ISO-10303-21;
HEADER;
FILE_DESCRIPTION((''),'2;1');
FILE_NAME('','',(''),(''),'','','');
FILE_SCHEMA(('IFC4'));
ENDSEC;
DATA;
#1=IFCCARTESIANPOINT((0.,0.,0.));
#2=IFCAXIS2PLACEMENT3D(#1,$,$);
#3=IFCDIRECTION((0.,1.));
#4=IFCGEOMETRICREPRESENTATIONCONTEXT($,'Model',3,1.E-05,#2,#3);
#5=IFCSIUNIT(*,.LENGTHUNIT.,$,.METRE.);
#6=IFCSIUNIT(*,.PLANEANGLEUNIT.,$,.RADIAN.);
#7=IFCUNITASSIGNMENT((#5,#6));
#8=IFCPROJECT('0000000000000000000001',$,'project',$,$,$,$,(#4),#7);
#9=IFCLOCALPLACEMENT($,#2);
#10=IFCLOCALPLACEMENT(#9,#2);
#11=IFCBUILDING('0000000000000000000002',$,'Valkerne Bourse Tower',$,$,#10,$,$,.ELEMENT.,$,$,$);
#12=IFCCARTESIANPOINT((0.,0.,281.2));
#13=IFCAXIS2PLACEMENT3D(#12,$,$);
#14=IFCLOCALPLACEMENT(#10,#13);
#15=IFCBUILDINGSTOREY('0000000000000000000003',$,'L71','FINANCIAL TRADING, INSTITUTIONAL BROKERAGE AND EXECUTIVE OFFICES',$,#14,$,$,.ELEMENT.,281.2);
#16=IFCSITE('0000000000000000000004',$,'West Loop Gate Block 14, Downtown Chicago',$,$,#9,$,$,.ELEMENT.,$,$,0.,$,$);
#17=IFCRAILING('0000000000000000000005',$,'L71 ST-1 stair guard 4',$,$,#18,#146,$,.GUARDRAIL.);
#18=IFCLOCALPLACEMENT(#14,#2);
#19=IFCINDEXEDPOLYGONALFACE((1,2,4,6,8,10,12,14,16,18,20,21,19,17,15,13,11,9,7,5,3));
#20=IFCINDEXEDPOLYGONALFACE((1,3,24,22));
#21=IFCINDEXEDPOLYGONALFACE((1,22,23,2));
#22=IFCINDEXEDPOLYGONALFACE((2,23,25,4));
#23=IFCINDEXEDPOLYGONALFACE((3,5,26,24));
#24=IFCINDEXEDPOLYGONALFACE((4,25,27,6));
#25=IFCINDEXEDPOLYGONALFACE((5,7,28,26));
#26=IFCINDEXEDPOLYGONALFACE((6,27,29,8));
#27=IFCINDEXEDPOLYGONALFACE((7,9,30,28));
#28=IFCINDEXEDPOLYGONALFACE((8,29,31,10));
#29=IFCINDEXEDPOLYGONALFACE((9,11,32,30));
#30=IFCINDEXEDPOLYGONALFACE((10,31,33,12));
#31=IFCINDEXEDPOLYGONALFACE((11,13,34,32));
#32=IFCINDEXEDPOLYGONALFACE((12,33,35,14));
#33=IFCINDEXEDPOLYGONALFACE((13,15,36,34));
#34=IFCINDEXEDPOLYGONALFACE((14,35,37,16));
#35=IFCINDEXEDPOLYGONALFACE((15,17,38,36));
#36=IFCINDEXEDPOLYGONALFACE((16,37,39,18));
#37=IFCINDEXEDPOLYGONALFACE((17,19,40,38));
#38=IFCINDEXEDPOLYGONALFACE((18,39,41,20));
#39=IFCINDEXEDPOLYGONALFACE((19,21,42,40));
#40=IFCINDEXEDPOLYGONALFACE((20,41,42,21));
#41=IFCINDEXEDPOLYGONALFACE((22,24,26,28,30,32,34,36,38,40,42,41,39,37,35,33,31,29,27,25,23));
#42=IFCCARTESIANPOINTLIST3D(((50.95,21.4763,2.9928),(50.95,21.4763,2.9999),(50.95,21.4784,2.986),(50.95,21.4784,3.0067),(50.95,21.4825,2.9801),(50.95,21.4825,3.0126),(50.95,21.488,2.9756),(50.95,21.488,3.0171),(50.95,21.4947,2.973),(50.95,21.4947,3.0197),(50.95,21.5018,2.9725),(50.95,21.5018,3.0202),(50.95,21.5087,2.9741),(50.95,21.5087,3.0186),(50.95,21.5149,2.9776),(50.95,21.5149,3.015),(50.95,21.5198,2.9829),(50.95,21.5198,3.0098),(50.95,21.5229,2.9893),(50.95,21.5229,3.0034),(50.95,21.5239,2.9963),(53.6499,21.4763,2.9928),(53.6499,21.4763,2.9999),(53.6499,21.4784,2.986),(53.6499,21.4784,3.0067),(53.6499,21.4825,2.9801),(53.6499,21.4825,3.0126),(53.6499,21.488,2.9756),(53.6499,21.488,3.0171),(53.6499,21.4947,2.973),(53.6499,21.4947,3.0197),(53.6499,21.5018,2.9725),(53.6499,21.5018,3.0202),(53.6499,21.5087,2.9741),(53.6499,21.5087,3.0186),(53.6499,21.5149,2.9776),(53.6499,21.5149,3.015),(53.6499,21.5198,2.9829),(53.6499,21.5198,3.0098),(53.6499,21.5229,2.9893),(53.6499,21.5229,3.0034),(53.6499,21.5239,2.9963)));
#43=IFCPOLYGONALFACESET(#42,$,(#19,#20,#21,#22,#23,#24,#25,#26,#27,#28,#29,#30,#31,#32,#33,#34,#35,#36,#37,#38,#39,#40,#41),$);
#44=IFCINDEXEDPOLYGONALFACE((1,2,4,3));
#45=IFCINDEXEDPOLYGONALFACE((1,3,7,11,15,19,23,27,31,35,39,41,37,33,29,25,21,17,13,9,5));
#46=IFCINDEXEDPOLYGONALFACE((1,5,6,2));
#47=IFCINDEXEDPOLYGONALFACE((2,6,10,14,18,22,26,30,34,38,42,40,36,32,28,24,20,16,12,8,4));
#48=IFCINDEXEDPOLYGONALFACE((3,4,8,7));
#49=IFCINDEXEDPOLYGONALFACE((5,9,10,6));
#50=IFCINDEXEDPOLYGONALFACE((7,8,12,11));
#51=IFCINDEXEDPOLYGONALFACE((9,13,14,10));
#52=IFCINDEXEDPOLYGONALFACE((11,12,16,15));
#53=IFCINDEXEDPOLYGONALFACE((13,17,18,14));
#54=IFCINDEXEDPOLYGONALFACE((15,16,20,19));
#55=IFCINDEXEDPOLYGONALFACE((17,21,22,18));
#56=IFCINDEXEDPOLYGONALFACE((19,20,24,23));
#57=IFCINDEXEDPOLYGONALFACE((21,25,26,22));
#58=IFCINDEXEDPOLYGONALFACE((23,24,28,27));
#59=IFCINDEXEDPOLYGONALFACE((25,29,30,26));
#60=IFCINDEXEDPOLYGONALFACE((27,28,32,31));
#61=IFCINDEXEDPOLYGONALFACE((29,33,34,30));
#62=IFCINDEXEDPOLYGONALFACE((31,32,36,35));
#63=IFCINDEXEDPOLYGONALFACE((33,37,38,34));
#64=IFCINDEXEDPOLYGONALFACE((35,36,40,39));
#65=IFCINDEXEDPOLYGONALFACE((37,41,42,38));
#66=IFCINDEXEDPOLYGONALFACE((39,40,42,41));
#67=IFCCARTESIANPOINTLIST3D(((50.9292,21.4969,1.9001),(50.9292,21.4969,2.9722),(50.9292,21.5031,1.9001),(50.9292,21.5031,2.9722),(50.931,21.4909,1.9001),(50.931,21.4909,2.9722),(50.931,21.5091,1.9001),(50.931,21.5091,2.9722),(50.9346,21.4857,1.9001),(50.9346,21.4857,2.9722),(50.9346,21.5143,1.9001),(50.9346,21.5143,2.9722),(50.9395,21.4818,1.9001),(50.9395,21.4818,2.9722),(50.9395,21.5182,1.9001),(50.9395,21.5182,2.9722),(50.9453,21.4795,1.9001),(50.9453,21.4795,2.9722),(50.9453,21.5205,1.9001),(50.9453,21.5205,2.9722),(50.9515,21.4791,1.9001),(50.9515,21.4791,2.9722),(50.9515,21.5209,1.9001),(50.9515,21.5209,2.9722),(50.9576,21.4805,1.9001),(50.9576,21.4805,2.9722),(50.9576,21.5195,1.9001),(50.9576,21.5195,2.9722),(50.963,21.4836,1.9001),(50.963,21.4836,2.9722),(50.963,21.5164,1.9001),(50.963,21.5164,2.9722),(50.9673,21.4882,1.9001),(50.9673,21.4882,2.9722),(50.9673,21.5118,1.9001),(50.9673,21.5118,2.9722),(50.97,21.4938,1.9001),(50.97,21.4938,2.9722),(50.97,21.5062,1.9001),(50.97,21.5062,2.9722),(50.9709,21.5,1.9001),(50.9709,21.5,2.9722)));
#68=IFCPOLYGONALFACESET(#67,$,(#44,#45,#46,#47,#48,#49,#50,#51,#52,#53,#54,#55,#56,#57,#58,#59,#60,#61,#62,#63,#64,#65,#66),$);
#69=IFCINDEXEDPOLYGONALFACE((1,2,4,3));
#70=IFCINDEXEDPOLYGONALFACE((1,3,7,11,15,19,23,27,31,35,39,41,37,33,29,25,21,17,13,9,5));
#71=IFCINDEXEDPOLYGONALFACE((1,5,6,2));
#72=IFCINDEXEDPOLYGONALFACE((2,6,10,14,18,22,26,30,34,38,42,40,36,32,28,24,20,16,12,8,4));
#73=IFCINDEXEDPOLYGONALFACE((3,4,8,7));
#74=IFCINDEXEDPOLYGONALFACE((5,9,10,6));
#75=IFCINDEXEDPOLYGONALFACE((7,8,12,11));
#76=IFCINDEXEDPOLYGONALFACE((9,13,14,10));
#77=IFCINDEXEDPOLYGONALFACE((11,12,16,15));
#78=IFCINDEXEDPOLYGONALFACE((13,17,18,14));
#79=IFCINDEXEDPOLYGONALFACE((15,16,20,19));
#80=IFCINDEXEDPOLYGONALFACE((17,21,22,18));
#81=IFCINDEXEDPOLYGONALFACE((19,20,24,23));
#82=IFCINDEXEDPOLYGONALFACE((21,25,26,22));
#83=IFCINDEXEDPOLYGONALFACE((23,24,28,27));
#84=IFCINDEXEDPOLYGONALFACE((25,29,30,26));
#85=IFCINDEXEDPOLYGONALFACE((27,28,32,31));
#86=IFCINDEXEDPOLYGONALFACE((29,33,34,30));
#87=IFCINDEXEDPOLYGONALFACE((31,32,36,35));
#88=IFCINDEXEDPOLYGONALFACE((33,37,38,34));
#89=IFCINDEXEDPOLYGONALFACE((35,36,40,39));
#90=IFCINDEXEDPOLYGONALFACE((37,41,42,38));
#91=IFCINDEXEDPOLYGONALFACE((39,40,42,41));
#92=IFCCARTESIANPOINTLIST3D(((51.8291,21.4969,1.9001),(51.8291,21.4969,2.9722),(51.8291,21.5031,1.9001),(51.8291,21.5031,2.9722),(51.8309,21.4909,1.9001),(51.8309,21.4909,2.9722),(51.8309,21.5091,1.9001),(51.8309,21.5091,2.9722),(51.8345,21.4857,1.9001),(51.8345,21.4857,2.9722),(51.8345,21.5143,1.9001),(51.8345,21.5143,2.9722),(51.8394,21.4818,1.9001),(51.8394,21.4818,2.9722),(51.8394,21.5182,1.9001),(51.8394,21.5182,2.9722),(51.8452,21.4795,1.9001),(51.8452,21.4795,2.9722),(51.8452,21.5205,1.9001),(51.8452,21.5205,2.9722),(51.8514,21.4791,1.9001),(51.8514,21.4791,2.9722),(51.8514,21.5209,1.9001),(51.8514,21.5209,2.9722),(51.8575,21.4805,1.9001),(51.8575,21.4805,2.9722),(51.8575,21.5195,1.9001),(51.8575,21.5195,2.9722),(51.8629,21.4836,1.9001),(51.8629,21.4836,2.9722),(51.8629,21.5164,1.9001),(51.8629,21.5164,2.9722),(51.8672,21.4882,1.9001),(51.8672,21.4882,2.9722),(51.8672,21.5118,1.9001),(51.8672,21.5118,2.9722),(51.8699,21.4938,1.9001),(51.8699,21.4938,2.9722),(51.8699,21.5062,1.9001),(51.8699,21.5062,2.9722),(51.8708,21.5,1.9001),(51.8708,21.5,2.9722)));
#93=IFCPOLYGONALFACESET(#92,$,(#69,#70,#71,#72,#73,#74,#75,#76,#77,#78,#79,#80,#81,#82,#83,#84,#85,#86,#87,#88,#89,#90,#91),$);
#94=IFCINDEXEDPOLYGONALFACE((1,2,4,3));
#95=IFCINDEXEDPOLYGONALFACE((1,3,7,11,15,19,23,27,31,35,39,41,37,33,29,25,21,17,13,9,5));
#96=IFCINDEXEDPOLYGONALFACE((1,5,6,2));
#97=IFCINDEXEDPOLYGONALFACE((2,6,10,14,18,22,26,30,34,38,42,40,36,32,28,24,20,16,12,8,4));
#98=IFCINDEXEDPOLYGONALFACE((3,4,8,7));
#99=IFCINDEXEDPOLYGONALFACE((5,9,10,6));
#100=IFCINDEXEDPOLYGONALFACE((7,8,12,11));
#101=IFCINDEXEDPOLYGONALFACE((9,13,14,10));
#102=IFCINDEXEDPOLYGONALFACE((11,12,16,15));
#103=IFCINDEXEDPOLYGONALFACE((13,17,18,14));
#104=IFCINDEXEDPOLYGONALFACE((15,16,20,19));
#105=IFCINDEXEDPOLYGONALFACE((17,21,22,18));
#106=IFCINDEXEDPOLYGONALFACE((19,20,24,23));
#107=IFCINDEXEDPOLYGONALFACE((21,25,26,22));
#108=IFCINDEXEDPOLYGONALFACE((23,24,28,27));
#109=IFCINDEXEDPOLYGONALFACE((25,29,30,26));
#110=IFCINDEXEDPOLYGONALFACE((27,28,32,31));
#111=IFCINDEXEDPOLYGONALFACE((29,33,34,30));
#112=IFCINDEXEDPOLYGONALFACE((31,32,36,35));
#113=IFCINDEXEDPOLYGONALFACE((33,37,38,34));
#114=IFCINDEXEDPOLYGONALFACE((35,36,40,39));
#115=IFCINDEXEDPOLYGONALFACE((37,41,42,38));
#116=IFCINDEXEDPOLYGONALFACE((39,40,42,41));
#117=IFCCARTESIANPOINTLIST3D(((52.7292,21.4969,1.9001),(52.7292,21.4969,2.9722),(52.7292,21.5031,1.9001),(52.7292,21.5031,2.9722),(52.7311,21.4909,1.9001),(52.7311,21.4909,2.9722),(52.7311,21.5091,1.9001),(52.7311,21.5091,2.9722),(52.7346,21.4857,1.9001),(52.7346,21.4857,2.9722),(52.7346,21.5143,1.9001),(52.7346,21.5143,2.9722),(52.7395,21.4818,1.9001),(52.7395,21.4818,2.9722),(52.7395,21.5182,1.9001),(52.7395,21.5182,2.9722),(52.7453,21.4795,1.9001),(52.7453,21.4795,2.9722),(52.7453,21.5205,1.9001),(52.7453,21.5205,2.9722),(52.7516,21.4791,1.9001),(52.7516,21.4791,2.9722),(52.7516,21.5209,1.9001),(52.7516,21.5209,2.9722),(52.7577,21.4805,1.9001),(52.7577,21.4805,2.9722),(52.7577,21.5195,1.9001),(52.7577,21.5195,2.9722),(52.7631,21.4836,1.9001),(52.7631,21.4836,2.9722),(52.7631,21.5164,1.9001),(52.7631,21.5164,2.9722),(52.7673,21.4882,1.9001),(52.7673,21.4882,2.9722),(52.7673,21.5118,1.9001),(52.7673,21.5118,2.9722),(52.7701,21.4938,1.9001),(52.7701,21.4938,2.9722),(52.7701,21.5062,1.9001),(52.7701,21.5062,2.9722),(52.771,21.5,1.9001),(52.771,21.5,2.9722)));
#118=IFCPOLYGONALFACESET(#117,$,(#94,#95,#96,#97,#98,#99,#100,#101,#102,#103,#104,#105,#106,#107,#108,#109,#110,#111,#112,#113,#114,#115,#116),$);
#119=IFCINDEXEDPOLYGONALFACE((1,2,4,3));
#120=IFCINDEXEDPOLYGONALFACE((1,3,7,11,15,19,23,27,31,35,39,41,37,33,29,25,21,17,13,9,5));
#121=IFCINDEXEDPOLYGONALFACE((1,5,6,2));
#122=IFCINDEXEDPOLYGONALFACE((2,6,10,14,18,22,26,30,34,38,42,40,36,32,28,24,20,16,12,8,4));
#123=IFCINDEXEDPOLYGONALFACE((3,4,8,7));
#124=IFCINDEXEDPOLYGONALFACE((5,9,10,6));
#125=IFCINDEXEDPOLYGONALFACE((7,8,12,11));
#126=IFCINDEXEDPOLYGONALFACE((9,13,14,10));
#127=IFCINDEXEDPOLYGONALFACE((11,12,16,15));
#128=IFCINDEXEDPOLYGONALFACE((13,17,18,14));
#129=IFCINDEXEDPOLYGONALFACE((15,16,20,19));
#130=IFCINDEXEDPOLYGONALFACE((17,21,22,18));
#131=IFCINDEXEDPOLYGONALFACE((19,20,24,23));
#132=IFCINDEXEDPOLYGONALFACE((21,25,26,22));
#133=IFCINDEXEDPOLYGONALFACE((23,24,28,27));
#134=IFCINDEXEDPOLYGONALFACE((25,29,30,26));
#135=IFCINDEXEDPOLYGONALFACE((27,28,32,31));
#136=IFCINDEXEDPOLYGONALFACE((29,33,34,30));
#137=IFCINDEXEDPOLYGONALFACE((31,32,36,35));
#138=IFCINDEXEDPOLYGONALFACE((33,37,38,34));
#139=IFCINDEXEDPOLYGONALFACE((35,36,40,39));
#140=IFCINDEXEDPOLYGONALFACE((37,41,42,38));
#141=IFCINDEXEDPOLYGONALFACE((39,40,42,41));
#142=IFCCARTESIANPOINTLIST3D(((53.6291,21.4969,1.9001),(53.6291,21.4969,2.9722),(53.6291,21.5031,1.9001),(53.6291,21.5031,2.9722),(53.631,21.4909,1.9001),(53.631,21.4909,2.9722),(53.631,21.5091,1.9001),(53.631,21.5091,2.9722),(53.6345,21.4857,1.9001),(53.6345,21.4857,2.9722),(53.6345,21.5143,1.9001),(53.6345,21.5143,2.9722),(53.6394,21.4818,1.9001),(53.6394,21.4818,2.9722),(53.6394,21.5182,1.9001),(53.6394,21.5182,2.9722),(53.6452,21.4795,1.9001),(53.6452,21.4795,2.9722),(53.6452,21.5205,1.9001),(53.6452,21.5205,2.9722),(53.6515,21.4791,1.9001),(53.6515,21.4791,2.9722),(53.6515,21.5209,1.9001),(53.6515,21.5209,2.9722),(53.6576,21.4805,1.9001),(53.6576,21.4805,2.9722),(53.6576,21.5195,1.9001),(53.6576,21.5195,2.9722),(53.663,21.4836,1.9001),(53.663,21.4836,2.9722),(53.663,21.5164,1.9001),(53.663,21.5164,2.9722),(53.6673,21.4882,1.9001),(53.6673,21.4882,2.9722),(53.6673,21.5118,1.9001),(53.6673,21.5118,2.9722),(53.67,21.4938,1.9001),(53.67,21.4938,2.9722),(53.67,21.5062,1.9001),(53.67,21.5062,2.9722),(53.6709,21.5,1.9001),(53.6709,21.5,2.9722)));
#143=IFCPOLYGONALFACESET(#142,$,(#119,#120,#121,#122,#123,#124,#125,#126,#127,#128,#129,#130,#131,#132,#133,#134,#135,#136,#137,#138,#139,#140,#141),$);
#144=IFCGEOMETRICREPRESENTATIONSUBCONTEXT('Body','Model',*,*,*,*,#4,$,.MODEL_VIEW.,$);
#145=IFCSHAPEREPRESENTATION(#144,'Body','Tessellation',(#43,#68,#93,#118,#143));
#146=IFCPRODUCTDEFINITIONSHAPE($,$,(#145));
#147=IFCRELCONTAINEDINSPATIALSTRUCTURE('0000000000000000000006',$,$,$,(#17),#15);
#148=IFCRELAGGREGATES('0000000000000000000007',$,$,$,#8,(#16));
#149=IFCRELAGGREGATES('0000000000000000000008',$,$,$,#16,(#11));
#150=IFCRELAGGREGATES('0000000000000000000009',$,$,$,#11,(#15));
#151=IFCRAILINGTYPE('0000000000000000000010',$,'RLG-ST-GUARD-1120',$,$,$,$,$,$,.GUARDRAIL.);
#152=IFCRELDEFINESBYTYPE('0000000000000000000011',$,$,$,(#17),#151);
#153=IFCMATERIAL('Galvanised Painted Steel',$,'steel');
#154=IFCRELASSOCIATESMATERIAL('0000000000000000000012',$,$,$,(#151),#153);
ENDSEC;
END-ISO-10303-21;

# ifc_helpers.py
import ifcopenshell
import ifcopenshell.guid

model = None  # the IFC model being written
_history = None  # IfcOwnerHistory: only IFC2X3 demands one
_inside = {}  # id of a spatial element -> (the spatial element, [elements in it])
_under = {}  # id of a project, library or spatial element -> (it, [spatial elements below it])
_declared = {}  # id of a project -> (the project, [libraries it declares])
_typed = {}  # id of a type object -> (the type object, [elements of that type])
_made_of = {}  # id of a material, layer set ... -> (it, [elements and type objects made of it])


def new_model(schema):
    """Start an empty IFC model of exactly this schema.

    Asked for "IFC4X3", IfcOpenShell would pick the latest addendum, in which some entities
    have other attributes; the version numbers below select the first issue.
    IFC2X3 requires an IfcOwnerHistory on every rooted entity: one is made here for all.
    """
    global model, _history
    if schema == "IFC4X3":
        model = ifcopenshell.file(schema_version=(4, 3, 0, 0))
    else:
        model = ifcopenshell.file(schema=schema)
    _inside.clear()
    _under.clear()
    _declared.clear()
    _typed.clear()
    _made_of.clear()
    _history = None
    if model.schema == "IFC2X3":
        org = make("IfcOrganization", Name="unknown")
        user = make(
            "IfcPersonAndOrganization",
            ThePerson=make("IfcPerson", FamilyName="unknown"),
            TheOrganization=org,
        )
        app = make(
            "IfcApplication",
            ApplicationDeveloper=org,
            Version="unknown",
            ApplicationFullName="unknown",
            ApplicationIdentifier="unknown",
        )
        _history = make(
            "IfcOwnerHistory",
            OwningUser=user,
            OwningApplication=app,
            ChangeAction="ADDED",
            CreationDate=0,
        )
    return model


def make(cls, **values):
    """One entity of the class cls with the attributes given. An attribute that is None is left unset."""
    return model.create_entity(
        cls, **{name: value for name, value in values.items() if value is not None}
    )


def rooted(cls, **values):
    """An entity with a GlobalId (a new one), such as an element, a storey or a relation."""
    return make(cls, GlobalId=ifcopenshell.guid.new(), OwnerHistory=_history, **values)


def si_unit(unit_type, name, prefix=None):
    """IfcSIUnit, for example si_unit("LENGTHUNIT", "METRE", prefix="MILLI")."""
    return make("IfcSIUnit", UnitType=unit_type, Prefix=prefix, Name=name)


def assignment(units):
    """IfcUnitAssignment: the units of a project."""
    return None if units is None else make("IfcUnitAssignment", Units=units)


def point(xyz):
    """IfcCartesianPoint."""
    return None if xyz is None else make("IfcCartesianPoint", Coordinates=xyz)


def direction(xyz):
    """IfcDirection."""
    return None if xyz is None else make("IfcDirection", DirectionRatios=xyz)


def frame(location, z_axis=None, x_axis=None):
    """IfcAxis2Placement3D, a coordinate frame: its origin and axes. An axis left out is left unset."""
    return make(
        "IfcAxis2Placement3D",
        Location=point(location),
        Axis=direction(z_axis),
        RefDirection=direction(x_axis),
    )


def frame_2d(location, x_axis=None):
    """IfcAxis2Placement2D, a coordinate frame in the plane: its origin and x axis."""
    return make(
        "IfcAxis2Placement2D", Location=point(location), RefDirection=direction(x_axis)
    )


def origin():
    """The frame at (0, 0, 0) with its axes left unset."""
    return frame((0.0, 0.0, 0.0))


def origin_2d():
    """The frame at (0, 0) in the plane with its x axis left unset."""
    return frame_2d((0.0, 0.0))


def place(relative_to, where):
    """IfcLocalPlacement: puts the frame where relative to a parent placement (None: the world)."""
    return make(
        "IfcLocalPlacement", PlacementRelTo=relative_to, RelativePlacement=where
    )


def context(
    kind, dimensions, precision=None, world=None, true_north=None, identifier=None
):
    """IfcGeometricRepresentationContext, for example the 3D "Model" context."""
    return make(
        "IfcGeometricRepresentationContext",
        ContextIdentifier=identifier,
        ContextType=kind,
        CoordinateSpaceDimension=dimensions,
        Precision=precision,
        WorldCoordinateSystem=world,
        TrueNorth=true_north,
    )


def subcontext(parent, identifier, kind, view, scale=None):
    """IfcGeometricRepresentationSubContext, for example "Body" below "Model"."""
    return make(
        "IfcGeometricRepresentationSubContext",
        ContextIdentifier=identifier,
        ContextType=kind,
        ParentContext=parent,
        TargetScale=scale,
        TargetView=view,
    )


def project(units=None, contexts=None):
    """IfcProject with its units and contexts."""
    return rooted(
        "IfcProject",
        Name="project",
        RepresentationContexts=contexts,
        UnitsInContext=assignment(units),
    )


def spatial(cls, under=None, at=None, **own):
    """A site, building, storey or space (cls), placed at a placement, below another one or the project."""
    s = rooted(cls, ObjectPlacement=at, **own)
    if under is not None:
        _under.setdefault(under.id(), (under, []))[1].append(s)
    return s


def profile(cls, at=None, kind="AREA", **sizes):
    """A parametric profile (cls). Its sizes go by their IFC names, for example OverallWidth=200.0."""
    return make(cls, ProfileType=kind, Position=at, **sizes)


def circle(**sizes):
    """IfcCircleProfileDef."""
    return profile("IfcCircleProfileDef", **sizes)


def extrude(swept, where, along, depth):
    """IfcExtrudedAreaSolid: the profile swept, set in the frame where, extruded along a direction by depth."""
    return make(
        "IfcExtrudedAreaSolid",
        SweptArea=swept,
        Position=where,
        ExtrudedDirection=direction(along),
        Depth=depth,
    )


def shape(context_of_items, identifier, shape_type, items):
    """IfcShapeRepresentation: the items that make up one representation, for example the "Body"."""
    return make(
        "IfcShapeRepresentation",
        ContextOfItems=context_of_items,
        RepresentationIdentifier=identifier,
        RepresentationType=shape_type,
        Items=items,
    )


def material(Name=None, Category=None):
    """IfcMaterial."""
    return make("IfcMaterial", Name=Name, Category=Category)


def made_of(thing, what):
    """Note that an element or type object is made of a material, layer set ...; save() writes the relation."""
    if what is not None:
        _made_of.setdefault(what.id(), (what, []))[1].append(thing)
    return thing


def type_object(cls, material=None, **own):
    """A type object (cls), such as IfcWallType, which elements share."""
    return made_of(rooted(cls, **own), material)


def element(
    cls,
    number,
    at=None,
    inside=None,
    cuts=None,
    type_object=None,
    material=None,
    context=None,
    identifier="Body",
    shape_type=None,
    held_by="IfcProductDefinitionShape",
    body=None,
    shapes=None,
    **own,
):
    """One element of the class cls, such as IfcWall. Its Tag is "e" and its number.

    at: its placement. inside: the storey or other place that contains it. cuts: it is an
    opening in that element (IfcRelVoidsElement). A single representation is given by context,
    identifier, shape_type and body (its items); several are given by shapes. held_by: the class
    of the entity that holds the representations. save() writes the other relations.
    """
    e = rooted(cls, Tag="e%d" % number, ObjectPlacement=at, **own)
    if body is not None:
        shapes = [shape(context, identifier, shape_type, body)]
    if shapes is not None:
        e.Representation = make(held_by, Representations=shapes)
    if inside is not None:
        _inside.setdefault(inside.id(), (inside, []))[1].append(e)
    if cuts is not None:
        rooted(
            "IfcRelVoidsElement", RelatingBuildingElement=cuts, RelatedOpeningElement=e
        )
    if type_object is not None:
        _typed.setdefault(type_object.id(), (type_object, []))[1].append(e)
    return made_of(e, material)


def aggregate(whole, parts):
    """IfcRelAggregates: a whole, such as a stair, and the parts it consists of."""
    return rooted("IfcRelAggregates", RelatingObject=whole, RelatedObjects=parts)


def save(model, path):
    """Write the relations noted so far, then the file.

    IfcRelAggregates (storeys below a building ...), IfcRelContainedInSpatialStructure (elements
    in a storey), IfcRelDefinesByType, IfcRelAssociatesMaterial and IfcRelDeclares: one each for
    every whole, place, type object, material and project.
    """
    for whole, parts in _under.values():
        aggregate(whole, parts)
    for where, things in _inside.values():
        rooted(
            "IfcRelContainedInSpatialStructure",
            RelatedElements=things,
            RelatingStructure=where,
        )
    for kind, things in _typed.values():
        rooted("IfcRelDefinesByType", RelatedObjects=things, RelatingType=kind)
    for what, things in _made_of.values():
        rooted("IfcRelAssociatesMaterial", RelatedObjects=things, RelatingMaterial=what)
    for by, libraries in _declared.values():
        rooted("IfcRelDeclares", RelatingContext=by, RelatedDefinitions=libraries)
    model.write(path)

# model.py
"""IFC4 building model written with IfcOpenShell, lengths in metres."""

from ifc_helpers import new_model, si_unit, direction, frame, origin, origin_2d, place, context, subcontext, project, spatial, circle, extrude, material, type_object, element, save


model = new_model("IFC4")

# Units and contexts
model_context = context("Model", 3, precision=1e-05, world=origin(), true_north=direction((0.0, 1.0)))
body_context = subcontext(model_context, "Body", "Model", "MODEL_VIEW")
ifc_project = project(units=[si_unit("LENGTHUNIT", "METRE"), si_unit("PLANEANGLEUNIT", "RADIAN")], contexts=[model_context])

# Site, building, storey
site_placement = place(None, origin())
site = spatial("IfcSite", under=ifc_project, at=site_placement, Name="West Loop Gate Block 14, Downtown Chicago", CompositionType="ELEMENT", RefElevation=0.0)
building_placement = place(site_placement, origin())
building = spatial("IfcBuilding", under=site, at=building_placement, Name="Valkerne Bourse Tower", CompositionType="ELEMENT")
storey_placement = place(building_placement, frame((0.0, 0.0, 281.2)))
storey = spatial("IfcBuildingStorey", under=building, at=storey_placement, Name="L71", Description="FINANCIAL TRADING, INSTITUTIONAL BROKERAGE AND EXECUTIVE OFFICES", CompositionType="ELEMENT", Elevation=281.2)

# Shared definitions
ifc_material_1 = material(Name="Galvanised Painted Steel", Category="steel")

# Railing
railing_type_1 = type_object("IfcRailingType", Name="RLG-ST-GUARD-1120", PredefinedType="GUARDRAIL", material=ifc_material_1)
for number, where, name in (
    (1, (50.95, 21.5, 1.9001), "L71 ST-1 stair guard 4"),
):
    element("IfcRailing", number, at=place(storey_placement, frame(where)), inside=storey, type_object=railing_type_1, Name=name, PredefinedType="GUARDRAIL", context=body_context, shape_type="SweptSolid", body=[
        extrude(circle(Radius=0.0239, at=origin_2d()), frame((0.0, 0.0, 1.0962), z_axis=(1.0, 0.0, 0.0), x_axis=(0.0, 1.0, 0.0)), (0.0, 0.0, 1.0), 2.7),
        extrude(circle(Radius=0.021, at=origin_2d()), origin(), (0.0, 0.0, 1.0), 1.072),
        extrude(circle(Radius=0.021, at=origin_2d()), frame((0.8999, 0.0, 0.0)), (0.0, 0.0, 1.0), 1.072),
        extrude(circle(Radius=0.021, at=origin_2d()), frame((1.8, 0.0, 0.0)), (0.0, 0.0, 1.0), 1.072),
        extrude(circle(Radius=0.021, at=origin_2d()), frame((2.7, 0.0, 0.0)), (0.0, 0.0, 1.0), 1.072),
    ])

save(model, "model.ifc")
